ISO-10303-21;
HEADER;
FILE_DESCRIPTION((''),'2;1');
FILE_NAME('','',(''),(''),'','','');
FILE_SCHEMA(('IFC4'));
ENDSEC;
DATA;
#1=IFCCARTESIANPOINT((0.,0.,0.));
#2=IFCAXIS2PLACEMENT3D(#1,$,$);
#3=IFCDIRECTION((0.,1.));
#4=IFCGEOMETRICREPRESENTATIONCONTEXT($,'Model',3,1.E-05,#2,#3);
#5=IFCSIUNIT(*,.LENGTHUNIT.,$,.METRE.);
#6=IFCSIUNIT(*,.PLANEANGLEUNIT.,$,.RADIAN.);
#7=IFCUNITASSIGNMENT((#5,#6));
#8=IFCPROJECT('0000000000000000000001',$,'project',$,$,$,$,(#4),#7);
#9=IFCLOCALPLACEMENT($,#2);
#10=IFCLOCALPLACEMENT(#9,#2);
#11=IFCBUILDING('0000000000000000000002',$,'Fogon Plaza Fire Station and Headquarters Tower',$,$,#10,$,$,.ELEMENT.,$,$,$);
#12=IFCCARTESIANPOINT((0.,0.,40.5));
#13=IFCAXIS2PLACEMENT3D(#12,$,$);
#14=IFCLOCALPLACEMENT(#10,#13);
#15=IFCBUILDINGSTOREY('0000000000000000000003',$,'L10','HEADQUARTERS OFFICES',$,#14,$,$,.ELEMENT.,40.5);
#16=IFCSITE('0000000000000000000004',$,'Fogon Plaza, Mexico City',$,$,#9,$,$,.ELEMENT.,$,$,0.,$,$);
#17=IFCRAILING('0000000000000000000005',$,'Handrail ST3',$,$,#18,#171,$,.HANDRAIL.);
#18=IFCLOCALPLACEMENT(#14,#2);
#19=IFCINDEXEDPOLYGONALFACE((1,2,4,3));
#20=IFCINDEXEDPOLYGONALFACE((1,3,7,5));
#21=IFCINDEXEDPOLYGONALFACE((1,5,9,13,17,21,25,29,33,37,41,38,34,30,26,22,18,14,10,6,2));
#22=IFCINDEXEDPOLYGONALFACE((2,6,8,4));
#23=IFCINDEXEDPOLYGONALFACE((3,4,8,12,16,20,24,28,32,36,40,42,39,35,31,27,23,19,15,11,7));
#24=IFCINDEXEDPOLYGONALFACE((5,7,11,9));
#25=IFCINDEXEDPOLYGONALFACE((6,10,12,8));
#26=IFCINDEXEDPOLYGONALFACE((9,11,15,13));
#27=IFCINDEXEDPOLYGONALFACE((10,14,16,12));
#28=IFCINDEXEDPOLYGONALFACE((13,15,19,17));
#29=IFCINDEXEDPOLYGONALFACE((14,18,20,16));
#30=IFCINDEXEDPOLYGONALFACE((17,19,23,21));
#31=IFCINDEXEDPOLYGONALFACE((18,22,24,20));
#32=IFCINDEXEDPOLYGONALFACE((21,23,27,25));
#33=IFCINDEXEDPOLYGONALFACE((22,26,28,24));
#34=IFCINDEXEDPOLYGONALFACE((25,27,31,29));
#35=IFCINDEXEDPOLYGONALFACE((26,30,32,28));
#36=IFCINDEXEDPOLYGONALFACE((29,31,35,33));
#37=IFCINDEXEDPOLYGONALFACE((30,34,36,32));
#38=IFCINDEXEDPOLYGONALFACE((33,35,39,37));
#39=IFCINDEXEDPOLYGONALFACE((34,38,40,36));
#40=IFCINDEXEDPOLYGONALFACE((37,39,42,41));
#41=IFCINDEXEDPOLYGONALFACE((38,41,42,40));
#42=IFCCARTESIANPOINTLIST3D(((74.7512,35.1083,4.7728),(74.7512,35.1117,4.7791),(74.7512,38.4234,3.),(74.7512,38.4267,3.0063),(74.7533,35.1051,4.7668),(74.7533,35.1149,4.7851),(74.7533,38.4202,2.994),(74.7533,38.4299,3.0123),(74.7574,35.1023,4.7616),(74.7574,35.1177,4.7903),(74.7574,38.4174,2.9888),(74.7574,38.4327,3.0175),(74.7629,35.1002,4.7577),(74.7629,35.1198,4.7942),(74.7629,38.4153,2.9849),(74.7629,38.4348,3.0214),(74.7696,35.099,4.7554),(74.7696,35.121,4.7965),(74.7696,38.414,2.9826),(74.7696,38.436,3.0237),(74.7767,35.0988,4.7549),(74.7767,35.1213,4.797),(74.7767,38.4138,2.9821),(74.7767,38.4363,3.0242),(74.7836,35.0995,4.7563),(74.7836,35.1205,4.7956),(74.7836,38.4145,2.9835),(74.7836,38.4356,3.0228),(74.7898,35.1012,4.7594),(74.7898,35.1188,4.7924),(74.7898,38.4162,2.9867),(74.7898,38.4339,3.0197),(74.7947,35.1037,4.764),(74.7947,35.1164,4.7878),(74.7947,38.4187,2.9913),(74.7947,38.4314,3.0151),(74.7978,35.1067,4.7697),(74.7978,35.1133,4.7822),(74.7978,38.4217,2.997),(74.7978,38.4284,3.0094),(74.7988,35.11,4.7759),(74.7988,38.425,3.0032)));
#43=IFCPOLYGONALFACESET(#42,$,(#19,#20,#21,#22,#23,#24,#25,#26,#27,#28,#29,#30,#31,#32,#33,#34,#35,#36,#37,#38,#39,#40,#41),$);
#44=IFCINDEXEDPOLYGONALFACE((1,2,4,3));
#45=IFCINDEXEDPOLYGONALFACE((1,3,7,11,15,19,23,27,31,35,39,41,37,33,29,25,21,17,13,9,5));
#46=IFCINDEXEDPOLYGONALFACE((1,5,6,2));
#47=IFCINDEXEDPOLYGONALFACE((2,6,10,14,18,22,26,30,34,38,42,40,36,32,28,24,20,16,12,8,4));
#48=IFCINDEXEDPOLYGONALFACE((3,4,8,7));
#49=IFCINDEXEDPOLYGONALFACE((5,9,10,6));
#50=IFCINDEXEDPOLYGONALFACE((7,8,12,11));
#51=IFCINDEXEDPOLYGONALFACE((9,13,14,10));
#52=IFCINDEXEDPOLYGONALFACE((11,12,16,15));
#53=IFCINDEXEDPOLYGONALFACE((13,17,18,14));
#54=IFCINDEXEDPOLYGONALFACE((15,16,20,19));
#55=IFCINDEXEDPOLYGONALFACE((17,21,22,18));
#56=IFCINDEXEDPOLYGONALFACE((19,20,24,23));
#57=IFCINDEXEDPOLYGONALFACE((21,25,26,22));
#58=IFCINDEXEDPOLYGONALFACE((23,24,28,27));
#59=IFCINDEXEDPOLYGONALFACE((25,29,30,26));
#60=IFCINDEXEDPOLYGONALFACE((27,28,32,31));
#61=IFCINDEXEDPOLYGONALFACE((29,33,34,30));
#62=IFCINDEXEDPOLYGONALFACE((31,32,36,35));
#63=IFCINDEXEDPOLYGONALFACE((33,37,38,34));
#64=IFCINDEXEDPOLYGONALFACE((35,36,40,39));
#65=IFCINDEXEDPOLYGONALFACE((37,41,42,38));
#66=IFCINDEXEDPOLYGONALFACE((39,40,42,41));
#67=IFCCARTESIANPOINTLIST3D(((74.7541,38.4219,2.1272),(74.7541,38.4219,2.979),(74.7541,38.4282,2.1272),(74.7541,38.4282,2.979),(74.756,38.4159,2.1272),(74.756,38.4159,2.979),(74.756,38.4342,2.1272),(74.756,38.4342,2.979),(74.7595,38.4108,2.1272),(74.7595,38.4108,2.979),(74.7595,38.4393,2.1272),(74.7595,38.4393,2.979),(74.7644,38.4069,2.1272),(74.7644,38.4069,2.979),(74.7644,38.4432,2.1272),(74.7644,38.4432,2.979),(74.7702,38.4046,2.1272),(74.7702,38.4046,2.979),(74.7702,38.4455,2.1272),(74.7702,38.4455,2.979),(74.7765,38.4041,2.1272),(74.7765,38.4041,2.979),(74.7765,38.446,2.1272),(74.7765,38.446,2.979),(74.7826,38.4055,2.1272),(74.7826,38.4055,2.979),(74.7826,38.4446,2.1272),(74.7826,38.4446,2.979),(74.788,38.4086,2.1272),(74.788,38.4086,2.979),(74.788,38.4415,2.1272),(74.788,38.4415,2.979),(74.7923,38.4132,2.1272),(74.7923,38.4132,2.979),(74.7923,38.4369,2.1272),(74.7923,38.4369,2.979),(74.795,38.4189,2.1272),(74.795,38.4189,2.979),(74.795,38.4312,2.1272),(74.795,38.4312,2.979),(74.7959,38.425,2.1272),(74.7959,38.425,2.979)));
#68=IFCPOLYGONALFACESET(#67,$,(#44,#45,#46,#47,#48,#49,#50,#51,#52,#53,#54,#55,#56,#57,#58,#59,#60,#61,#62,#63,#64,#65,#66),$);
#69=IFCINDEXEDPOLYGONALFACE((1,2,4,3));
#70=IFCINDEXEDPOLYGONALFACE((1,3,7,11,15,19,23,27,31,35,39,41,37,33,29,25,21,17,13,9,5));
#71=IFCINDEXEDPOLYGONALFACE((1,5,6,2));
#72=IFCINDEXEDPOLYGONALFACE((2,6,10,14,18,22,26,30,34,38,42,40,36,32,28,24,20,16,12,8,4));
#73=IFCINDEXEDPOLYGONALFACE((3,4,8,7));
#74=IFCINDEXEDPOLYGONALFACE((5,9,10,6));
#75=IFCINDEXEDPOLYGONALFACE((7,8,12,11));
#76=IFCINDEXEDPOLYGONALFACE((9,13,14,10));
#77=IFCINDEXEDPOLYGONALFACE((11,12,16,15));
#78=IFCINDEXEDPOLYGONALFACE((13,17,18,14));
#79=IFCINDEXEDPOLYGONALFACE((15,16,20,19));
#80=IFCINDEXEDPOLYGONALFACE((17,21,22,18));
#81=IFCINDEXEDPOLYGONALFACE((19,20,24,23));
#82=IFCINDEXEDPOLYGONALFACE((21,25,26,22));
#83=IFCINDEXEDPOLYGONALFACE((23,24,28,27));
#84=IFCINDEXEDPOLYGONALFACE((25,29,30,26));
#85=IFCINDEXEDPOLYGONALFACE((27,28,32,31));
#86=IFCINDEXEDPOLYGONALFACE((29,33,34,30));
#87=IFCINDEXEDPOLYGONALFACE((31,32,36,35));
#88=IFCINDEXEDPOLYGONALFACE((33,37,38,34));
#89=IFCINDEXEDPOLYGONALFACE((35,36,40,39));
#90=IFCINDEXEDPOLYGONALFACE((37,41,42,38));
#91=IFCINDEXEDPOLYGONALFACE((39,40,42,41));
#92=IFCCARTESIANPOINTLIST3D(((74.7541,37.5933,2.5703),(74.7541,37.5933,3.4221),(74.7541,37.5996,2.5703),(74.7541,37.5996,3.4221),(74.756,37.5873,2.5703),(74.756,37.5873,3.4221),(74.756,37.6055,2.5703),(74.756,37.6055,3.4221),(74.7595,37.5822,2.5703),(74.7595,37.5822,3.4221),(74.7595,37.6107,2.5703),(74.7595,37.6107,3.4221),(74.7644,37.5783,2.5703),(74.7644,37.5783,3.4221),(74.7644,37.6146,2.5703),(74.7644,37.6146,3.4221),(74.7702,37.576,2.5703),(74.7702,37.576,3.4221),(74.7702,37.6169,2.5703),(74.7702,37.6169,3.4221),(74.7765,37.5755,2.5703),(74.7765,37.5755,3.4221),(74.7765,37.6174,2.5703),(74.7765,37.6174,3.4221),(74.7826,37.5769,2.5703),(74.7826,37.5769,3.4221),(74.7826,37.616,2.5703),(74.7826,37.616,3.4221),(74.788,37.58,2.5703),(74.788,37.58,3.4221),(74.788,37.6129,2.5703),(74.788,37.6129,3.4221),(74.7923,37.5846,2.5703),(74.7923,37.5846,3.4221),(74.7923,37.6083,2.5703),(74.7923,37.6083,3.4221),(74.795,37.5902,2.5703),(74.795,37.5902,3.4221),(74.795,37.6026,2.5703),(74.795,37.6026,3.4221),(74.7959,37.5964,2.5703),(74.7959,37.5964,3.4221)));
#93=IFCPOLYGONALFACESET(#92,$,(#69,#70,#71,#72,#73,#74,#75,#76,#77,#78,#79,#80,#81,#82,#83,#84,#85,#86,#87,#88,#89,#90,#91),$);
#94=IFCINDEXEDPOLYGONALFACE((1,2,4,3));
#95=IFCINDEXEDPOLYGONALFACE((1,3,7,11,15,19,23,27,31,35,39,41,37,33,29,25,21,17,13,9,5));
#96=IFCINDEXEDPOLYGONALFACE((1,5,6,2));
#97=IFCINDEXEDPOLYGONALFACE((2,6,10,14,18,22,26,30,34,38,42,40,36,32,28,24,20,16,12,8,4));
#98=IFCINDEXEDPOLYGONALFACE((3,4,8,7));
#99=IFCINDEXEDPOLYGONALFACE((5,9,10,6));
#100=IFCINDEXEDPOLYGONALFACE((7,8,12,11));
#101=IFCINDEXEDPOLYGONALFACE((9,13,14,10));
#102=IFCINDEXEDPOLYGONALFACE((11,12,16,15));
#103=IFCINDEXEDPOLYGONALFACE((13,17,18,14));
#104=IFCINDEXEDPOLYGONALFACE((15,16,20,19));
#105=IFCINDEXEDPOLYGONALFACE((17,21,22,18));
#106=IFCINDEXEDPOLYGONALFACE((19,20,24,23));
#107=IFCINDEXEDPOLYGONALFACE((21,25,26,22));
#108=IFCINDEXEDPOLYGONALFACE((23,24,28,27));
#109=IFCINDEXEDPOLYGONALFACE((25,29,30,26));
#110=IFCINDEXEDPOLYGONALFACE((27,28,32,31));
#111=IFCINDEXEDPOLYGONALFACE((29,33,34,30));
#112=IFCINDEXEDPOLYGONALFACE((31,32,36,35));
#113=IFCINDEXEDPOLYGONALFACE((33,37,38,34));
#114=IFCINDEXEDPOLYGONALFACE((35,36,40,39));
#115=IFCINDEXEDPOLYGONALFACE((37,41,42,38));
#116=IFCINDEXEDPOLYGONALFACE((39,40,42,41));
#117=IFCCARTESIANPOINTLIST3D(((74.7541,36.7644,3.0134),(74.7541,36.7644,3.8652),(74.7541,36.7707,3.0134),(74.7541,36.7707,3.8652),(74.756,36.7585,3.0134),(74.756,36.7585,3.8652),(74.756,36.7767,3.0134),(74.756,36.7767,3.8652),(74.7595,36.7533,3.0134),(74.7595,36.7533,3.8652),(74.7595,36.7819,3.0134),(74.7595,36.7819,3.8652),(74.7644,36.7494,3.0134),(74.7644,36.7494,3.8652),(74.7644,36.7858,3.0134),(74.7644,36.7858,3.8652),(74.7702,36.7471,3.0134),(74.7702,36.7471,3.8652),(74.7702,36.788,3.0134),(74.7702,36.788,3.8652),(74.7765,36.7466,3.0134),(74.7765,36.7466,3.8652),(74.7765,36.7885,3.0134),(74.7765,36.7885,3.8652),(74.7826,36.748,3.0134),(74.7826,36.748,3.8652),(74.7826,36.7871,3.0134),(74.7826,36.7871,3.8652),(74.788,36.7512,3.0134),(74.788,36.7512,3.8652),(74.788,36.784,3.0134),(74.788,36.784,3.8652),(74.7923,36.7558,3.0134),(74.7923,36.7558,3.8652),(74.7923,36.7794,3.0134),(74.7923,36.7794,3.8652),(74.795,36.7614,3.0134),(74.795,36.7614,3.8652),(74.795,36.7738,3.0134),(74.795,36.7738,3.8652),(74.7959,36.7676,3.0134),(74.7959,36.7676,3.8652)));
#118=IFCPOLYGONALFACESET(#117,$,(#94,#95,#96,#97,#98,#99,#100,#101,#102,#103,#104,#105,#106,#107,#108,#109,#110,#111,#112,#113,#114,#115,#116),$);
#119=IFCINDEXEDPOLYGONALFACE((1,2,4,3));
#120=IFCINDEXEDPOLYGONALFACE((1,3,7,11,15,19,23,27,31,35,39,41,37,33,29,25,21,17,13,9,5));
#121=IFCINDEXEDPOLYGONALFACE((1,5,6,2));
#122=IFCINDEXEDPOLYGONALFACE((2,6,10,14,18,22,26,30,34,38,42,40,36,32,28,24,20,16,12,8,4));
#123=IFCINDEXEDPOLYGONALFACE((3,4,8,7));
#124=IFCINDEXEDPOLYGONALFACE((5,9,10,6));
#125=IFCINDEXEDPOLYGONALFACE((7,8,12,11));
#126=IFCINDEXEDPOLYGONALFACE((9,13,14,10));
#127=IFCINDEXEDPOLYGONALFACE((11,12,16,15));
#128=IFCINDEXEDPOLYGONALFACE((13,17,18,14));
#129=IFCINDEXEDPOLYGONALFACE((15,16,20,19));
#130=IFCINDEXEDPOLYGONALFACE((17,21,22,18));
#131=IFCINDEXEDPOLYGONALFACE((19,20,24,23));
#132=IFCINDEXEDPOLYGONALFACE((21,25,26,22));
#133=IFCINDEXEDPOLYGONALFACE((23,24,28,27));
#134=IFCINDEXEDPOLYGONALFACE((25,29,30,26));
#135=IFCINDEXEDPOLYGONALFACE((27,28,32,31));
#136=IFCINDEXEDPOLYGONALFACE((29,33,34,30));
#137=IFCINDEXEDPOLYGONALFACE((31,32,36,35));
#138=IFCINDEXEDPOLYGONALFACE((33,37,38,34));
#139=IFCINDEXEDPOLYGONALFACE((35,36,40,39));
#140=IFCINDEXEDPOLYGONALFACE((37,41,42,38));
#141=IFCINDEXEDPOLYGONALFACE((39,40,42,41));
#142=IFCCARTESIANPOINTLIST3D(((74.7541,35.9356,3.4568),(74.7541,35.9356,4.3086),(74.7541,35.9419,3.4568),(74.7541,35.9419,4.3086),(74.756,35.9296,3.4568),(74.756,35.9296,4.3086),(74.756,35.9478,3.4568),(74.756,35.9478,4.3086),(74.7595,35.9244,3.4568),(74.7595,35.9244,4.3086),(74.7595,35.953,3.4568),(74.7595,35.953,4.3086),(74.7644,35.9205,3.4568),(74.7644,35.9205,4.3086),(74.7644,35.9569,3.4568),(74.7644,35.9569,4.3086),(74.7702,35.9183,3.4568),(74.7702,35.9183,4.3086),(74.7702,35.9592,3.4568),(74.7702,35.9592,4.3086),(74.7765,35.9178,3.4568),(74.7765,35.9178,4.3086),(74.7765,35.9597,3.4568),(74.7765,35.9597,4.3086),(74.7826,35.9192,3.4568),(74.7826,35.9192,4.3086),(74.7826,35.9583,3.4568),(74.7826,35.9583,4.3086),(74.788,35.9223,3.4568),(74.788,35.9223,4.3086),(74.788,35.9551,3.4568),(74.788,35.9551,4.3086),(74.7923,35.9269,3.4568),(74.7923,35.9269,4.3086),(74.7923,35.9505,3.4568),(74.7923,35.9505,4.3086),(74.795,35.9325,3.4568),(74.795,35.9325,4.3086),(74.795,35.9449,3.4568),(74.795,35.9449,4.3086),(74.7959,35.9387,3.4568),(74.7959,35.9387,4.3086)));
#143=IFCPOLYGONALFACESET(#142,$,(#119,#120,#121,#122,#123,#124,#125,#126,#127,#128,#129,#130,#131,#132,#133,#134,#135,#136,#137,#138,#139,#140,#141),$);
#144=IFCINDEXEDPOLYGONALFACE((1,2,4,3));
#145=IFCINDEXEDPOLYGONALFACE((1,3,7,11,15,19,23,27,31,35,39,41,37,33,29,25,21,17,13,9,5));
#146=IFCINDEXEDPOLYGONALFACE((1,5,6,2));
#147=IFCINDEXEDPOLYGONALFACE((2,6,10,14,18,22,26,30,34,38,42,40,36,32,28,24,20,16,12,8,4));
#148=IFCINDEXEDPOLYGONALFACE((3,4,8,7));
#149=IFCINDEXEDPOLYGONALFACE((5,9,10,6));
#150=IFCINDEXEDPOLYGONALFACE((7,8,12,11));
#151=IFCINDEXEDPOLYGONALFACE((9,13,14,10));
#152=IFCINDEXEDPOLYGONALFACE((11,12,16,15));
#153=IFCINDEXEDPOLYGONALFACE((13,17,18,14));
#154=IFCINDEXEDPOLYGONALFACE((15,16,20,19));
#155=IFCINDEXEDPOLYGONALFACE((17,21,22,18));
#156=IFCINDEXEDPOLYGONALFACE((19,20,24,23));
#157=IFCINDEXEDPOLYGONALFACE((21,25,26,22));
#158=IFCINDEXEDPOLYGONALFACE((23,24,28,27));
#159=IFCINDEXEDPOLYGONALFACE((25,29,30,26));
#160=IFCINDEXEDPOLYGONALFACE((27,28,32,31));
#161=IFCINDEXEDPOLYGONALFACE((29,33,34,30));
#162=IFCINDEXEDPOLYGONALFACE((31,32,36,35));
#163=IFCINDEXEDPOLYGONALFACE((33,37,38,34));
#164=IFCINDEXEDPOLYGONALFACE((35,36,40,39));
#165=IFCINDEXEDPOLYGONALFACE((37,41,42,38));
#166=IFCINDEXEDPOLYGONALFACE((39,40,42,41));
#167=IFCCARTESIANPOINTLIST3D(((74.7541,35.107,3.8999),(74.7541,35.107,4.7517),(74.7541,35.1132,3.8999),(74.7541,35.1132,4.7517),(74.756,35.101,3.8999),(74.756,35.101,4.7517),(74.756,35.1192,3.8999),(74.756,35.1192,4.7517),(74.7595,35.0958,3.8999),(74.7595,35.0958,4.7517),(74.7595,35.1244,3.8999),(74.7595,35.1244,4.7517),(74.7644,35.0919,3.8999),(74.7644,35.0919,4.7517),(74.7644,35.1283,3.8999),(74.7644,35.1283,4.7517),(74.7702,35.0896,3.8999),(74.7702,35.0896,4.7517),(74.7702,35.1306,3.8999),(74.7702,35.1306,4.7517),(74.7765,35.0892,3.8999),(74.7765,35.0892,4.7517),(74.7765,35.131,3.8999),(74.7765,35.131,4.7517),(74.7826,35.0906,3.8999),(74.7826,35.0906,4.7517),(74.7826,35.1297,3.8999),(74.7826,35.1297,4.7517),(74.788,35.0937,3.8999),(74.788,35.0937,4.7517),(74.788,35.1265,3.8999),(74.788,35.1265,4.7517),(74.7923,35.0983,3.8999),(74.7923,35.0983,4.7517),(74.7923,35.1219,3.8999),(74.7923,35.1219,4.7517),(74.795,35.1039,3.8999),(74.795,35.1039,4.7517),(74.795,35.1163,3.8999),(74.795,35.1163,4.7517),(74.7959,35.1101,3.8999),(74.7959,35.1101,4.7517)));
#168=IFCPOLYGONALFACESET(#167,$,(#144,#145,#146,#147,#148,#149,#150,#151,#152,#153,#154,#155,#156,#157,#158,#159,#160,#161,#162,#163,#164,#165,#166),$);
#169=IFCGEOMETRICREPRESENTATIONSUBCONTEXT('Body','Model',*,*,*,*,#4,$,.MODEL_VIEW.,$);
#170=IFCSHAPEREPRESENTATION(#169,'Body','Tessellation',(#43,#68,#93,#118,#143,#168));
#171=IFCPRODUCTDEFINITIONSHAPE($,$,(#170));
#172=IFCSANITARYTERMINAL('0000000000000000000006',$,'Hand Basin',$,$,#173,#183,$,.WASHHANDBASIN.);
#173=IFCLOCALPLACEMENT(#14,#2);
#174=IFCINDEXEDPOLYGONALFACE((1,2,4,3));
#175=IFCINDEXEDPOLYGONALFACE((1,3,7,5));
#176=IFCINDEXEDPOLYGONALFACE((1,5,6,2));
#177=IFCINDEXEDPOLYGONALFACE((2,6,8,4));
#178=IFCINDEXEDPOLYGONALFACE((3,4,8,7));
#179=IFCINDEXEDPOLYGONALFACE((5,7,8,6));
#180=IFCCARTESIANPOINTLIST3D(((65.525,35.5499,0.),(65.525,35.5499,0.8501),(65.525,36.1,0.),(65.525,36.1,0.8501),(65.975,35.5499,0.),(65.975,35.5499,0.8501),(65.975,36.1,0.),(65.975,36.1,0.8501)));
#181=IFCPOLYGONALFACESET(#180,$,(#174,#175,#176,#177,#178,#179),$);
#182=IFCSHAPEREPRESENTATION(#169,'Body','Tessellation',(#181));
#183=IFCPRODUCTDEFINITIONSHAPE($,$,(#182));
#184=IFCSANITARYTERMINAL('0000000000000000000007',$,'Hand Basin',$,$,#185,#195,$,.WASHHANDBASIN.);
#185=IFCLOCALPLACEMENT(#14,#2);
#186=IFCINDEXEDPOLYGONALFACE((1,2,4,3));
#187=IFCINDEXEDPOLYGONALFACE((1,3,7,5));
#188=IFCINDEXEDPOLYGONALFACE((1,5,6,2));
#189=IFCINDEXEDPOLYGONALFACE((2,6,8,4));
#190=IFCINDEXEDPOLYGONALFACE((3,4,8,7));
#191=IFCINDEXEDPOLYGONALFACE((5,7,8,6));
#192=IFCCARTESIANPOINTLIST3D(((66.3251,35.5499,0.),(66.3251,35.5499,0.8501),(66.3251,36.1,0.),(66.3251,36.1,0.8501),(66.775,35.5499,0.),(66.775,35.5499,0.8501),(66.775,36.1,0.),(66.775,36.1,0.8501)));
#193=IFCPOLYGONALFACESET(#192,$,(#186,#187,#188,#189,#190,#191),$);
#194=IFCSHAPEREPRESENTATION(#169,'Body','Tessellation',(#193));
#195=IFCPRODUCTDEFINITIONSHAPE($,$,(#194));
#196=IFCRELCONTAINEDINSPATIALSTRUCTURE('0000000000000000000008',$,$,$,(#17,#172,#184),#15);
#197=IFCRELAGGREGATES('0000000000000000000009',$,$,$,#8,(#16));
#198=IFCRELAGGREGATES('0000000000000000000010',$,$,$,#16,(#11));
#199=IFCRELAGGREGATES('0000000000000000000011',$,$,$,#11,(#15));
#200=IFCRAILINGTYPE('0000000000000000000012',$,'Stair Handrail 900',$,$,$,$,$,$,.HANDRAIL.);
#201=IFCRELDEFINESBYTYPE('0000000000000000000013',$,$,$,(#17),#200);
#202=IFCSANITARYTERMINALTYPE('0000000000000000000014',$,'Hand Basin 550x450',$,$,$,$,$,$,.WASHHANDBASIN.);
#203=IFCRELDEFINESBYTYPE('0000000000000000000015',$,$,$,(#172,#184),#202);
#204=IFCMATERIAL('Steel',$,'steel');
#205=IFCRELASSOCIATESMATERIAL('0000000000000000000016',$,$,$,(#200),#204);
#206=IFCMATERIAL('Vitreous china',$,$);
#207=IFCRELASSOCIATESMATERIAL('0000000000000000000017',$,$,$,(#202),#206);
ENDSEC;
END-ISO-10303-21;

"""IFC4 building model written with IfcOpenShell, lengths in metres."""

from ifc_helpers import new_model, si_unit, direction, frame, origin, origin_2d, place, context, subcontext, project, spatial, rectangle, circle, extrude, material, type_object, element, save


model = new_model("IFC4")

# Units and contexts
model_context = context("Model", 3, precision=1e-05, world=origin(), true_north=direction((0.0, 1.0)))
body_context = subcontext(model_context, "Body", "Model", "MODEL_VIEW")
ifc_project = project(units=[si_unit("LENGTHUNIT", "METRE"), si_unit("PLANEANGLEUNIT", "RADIAN")], contexts=[model_context])

# Site, building, storey
site_placement = place(None, origin())
site = spatial("IfcSite", under=ifc_project, at=site_placement, Name="Fogon Plaza, Mexico City", CompositionType="ELEMENT", RefElevation=0.0)
building_placement = place(site_placement, origin())
building = spatial("IfcBuilding", under=site, at=building_placement, Name="Fogon Plaza Fire Station and Headquarters Tower", CompositionType="ELEMENT")
storey_placement = place(building_placement, frame((0.0, 0.0, 40.5)))
storey = spatial("IfcBuildingStorey", under=building, at=storey_placement, Name="L10", Description="HEADQUARTERS OFFICES", CompositionType="ELEMENT", Elevation=40.5)

# Railing
ifc_material_1 = material(Name="Steel", Category="steel")
railing_type = type_object("IfcRailingType", Name="Stair Handrail 900", PredefinedType="HANDRAIL", material=ifc_material_1)
for number, where, name in (
    (1, (74.7749, 38.425, 2.1272), "Handrail ST3"),
):
    element("IfcRailing", number, at=place(storey_placement, frame(where)), inside=storey, type_object=railing_type, Name=name, PredefinedType="HANDRAIL", context=body_context, shape_type="SweptSolid", body=[
        extrude(circle(Radius=0.0239, at=origin_2d()), frame((0.0, 0.0, 0.876), z_axis=(0.0, -0.881829, 0.471569), x_axis=(1.0, 0.0, 0.0)), (0.0, 0.0, 1.0), 3.7593),
        extrude(circle(Radius=0.021, at=origin_2d()), origin(), (0.0, 0.0, 1.0), 0.8518),
        extrude(circle(Radius=0.021, at=origin_2d()), frame((0.0, -0.8286, 0.4431)), (0.0, 0.0, 1.0), 0.8518),
        extrude(circle(Radius=0.021, at=origin_2d()), frame((0.0, -1.6575, 0.8862)), (0.0, 0.0, 1.0), 0.8518),
        extrude(circle(Radius=0.021, at=origin_2d()), frame((0.0, -2.4863, 1.3296)), (0.0, 0.0, 1.0), 0.8518),
        extrude(circle(Radius=0.021, at=origin_2d()), frame((0.0, -3.3149, 1.7727)), (0.0, 0.0, 1.0), 0.8518),
    ])

# Sanitary terminals
ifc_material_2 = material(Name="Vitreous china")
sanitary_terminal_type = type_object("IfcSanitaryTerminalType", Name="Hand Basin 550x450", PredefinedType="WASHHANDBASIN", material=ifc_material_2)
for number, where, z_axis, x_axis, name in (
    (2, (65.75, 35.825, 0.0), (0.0, 0.0, 1.0), (1.0, 0.0, 0.0), "Hand Basin"),
    (3, (66.55, 35.825, 0.0), (0.0, 0.0, 1.0), (1.0, 0.0, 0.0), "Hand Basin"),
):
    element("IfcSanitaryTerminal", number, at=place(storey_placement, frame(where, z_axis=z_axis, x_axis=x_axis)), inside=storey, type_object=sanitary_terminal_type, Name=name, PredefinedType="WASHHANDBASIN", context=body_context, shape_type="SweptSolid", body=[
        extrude(rectangle(XDim=0.45, YDim=0.55, at=origin_2d()), origin(), (0.0, 0.0, 1.0), 0.8501),
    ])

save(model, "model.ifc")
